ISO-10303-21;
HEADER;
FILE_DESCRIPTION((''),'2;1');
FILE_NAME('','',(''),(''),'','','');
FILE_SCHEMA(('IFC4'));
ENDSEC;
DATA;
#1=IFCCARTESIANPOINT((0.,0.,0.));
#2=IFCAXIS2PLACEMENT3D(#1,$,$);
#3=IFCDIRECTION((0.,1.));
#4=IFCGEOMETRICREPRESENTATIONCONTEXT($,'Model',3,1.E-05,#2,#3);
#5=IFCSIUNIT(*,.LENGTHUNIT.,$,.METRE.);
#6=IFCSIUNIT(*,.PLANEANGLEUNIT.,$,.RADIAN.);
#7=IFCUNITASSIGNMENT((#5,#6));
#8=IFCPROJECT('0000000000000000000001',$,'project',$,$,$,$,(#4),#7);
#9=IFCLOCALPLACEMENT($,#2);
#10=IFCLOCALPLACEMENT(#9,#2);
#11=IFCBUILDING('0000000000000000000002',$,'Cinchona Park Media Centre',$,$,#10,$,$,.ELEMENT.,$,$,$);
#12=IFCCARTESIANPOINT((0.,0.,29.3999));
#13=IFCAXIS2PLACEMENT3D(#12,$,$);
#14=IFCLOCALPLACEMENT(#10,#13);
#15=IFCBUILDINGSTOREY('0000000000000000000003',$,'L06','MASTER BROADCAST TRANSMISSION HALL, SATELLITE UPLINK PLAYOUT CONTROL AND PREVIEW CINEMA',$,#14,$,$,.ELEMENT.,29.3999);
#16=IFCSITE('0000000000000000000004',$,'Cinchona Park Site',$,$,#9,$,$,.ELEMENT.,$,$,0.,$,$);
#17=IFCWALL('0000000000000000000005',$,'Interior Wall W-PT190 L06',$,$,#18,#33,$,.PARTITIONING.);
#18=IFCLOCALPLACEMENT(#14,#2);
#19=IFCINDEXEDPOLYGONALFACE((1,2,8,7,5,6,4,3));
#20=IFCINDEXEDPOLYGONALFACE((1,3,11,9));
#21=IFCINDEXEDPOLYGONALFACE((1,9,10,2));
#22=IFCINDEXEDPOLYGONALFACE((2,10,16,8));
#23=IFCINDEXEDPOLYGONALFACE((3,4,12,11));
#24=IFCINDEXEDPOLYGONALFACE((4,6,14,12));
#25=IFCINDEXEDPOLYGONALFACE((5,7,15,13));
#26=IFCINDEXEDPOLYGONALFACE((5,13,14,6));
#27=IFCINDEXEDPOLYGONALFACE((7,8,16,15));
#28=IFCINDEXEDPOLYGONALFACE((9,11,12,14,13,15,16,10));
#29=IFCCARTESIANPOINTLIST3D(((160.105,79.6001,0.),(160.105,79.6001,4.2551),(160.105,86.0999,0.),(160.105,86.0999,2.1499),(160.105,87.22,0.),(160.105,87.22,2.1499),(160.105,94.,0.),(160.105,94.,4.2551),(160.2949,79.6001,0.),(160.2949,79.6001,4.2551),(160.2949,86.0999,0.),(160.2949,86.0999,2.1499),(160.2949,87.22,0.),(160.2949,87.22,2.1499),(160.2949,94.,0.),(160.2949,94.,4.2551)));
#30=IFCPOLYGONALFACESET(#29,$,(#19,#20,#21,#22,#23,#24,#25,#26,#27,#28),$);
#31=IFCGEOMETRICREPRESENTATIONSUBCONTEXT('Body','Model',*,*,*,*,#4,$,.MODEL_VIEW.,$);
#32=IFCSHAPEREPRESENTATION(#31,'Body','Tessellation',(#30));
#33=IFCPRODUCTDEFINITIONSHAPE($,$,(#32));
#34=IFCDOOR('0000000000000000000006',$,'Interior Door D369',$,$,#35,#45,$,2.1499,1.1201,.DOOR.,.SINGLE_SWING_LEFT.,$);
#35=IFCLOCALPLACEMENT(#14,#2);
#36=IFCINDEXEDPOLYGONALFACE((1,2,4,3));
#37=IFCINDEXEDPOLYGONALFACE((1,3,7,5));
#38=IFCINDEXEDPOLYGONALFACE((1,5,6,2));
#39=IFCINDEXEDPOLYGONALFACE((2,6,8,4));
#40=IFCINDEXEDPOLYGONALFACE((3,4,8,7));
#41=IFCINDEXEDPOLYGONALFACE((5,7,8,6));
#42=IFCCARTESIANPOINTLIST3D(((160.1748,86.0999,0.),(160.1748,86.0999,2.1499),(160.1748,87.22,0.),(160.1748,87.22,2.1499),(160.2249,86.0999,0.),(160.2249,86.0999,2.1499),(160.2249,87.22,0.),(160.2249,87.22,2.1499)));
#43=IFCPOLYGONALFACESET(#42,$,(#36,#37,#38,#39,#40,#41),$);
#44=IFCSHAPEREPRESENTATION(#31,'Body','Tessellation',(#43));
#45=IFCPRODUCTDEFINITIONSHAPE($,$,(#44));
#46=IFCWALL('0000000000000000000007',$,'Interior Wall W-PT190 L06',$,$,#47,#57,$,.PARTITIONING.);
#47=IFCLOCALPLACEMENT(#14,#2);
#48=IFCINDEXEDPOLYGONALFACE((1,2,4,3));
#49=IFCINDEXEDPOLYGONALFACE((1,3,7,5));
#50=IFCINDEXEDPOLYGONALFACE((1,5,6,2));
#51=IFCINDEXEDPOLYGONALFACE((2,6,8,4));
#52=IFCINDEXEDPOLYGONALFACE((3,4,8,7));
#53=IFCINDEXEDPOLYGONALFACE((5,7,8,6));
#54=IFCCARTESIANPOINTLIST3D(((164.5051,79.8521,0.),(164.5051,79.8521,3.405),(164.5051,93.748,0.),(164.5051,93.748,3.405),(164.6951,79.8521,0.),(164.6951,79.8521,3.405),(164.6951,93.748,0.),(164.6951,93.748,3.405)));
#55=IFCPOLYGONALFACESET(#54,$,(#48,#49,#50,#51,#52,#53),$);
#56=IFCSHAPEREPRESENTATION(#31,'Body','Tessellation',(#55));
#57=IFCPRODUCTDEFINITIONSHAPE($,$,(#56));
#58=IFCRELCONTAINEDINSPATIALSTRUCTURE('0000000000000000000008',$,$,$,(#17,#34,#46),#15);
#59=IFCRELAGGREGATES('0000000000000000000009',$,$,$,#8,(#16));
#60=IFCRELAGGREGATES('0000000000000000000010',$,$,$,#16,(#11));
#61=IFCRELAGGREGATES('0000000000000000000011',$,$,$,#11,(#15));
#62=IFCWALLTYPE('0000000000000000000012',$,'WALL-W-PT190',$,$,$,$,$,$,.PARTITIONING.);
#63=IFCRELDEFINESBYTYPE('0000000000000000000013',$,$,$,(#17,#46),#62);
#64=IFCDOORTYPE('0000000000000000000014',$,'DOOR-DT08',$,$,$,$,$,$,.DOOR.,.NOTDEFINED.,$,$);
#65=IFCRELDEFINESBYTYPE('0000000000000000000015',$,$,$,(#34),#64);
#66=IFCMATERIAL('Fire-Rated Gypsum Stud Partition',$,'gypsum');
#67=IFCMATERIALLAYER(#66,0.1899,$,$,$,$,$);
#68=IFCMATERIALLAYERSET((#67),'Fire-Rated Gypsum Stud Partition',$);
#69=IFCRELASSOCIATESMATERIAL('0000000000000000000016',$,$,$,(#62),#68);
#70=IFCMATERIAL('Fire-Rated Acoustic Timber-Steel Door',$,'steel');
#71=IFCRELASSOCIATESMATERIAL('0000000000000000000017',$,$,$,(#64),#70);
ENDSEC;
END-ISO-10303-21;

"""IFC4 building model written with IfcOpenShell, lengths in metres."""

from ifc_helpers import new_model, si_unit, direction, frame, frame_2d, origin, place, context, subcontext, project, spatial, rectangle, extrude, material, layer, layer_set, type_object, element, fill, save


model = new_model("IFC4")

# Units and contexts
model_context = context("Model", 3, precision=1e-05, world=origin(), true_north=direction((0.0, 1.0)))
body_context = subcontext(model_context, "Body", "Model", "MODEL_VIEW")
ifc_project = project(units=[si_unit("LENGTHUNIT", "METRE"), si_unit("PLANEANGLEUNIT", "RADIAN")], contexts=[model_context])

# Site, building, storey
site_placement = place(None, origin())
site = spatial("IfcSite", under=ifc_project, at=site_placement, Name="Cinchona Park Site", CompositionType="ELEMENT", RefElevation=0.0)
building_placement = place(site_placement, origin())
building = spatial("IfcBuilding", under=site, at=building_placement, Name="Cinchona Park Media Centre", CompositionType="ELEMENT")
storey_placement = place(building_placement, frame((0.0, 0.0, 29.3999)))
storey = spatial("IfcBuildingStorey", under=building, at=storey_placement, Name="L06", Description="MASTER BROADCAST TRANSMISSION HALL, SATELLITE UPLINK PLAYOUT CONTROL AND PREVIEW CINEMA", CompositionType="ELEMENT", Elevation=29.3999)

# Wall, opening, door
ifc_material_1 = material(Name="Fire-Rated Gypsum Stud Partition", Category="gypsum")
ifc_layer_1 = layer(ifc_material_1, 0.1899)
ifc_layer_set_1 = layer_set([ifc_layer_1], Name="Fire-Rated Gypsum Stud Partition")
wall_type_1 = type_object("IfcWallType", Name="WALL-W-PT190", PredefinedType="PARTITIONING", material=ifc_layer_set_1)
wall_1_placement = place(storey_placement, frame((160.2, 94.0, 0.0), z_axis=(0.0, 0.0, 1.0), x_axis=(0.0, -1.0, 0.0)))
wall_1 = element("IfcWall", 1, at=wall_1_placement, inside=storey, type_object=wall_type_1, Name="Interior Wall W-PT190 L06", PredefinedType="PARTITIONING", context=body_context, shape_type="SweptSolid", body=[
    extrude(rectangle(XDim=14.3999, YDim=0.1899, at=frame_2d((7.2, 0.0))), origin(), (0.0, 0.0, 1.0), 4.2551),
])
opening_placement = place(wall_1_placement, frame((6.78, 0.0, 0.0)))
opening = element("IfcOpeningElement", 2, at=opening_placement, cuts=wall_1, PredefinedType="OPENING", context=body_context, shape_type="SweptSolid", body=[
    extrude(rectangle(XDim=1.1201, YDim=2.1499, at=frame_2d((0.5601, 1.075))), frame((0.0, 0.105, 0.0), z_axis=(0.0, -1.0, 0.0), x_axis=(1.0, 0.0, 0.0)), (0.0, 0.0, 1.0), 0.21),
])
ifc_material_2 = material(Name="Fire-Rated Acoustic Timber-Steel Door", Category="steel")
door_type = type_object("IfcDoorType", Name="DOOR-DT08", OperationType="NOTDEFINED", PredefinedType="DOOR", material=ifc_material_2)
door_placement = place(opening_placement, origin())
door = element("IfcDoor", 3, at=door_placement, inside=storey, type_object=door_type, Name="Interior Door D369", OperationType="SINGLE_SWING_LEFT", OverallHeight=2.1499, OverallWidth=1.1201, PredefinedType="DOOR", context=body_context, shape_type="SweptSolid", body=[
    extrude(rectangle(XDim=1.1201, YDim=2.1499, at=frame_2d((0.5601, 1.075))), frame((0.0, 0.0249, 0.0), z_axis=(0.0, -1.0, 0.0), x_axis=(1.0, 0.0, 0.0)), (0.0, 0.0, 1.0), 0.05),
])
fill(opening, door)

# Wall
wall_2_placement = place(storey_placement, frame((164.6001, 93.748, 0.0), z_axis=(0.0, 0.0, 1.0), x_axis=(0.0, -1.0, 0.0)))
element("IfcWall", 4, at=wall_2_placement, inside=storey, type_object=wall_type_1, Name="Interior Wall W-PT190 L06", PredefinedType="PARTITIONING", context=body_context, shape_type="SweptSolid", body=[
    extrude(rectangle(XDim=13.896, YDim=0.1899, at=frame_2d((6.948, 0.0))), origin(), (0.0, 0.0, 1.0), 3.405),
])

save(model, "model.ifc")
